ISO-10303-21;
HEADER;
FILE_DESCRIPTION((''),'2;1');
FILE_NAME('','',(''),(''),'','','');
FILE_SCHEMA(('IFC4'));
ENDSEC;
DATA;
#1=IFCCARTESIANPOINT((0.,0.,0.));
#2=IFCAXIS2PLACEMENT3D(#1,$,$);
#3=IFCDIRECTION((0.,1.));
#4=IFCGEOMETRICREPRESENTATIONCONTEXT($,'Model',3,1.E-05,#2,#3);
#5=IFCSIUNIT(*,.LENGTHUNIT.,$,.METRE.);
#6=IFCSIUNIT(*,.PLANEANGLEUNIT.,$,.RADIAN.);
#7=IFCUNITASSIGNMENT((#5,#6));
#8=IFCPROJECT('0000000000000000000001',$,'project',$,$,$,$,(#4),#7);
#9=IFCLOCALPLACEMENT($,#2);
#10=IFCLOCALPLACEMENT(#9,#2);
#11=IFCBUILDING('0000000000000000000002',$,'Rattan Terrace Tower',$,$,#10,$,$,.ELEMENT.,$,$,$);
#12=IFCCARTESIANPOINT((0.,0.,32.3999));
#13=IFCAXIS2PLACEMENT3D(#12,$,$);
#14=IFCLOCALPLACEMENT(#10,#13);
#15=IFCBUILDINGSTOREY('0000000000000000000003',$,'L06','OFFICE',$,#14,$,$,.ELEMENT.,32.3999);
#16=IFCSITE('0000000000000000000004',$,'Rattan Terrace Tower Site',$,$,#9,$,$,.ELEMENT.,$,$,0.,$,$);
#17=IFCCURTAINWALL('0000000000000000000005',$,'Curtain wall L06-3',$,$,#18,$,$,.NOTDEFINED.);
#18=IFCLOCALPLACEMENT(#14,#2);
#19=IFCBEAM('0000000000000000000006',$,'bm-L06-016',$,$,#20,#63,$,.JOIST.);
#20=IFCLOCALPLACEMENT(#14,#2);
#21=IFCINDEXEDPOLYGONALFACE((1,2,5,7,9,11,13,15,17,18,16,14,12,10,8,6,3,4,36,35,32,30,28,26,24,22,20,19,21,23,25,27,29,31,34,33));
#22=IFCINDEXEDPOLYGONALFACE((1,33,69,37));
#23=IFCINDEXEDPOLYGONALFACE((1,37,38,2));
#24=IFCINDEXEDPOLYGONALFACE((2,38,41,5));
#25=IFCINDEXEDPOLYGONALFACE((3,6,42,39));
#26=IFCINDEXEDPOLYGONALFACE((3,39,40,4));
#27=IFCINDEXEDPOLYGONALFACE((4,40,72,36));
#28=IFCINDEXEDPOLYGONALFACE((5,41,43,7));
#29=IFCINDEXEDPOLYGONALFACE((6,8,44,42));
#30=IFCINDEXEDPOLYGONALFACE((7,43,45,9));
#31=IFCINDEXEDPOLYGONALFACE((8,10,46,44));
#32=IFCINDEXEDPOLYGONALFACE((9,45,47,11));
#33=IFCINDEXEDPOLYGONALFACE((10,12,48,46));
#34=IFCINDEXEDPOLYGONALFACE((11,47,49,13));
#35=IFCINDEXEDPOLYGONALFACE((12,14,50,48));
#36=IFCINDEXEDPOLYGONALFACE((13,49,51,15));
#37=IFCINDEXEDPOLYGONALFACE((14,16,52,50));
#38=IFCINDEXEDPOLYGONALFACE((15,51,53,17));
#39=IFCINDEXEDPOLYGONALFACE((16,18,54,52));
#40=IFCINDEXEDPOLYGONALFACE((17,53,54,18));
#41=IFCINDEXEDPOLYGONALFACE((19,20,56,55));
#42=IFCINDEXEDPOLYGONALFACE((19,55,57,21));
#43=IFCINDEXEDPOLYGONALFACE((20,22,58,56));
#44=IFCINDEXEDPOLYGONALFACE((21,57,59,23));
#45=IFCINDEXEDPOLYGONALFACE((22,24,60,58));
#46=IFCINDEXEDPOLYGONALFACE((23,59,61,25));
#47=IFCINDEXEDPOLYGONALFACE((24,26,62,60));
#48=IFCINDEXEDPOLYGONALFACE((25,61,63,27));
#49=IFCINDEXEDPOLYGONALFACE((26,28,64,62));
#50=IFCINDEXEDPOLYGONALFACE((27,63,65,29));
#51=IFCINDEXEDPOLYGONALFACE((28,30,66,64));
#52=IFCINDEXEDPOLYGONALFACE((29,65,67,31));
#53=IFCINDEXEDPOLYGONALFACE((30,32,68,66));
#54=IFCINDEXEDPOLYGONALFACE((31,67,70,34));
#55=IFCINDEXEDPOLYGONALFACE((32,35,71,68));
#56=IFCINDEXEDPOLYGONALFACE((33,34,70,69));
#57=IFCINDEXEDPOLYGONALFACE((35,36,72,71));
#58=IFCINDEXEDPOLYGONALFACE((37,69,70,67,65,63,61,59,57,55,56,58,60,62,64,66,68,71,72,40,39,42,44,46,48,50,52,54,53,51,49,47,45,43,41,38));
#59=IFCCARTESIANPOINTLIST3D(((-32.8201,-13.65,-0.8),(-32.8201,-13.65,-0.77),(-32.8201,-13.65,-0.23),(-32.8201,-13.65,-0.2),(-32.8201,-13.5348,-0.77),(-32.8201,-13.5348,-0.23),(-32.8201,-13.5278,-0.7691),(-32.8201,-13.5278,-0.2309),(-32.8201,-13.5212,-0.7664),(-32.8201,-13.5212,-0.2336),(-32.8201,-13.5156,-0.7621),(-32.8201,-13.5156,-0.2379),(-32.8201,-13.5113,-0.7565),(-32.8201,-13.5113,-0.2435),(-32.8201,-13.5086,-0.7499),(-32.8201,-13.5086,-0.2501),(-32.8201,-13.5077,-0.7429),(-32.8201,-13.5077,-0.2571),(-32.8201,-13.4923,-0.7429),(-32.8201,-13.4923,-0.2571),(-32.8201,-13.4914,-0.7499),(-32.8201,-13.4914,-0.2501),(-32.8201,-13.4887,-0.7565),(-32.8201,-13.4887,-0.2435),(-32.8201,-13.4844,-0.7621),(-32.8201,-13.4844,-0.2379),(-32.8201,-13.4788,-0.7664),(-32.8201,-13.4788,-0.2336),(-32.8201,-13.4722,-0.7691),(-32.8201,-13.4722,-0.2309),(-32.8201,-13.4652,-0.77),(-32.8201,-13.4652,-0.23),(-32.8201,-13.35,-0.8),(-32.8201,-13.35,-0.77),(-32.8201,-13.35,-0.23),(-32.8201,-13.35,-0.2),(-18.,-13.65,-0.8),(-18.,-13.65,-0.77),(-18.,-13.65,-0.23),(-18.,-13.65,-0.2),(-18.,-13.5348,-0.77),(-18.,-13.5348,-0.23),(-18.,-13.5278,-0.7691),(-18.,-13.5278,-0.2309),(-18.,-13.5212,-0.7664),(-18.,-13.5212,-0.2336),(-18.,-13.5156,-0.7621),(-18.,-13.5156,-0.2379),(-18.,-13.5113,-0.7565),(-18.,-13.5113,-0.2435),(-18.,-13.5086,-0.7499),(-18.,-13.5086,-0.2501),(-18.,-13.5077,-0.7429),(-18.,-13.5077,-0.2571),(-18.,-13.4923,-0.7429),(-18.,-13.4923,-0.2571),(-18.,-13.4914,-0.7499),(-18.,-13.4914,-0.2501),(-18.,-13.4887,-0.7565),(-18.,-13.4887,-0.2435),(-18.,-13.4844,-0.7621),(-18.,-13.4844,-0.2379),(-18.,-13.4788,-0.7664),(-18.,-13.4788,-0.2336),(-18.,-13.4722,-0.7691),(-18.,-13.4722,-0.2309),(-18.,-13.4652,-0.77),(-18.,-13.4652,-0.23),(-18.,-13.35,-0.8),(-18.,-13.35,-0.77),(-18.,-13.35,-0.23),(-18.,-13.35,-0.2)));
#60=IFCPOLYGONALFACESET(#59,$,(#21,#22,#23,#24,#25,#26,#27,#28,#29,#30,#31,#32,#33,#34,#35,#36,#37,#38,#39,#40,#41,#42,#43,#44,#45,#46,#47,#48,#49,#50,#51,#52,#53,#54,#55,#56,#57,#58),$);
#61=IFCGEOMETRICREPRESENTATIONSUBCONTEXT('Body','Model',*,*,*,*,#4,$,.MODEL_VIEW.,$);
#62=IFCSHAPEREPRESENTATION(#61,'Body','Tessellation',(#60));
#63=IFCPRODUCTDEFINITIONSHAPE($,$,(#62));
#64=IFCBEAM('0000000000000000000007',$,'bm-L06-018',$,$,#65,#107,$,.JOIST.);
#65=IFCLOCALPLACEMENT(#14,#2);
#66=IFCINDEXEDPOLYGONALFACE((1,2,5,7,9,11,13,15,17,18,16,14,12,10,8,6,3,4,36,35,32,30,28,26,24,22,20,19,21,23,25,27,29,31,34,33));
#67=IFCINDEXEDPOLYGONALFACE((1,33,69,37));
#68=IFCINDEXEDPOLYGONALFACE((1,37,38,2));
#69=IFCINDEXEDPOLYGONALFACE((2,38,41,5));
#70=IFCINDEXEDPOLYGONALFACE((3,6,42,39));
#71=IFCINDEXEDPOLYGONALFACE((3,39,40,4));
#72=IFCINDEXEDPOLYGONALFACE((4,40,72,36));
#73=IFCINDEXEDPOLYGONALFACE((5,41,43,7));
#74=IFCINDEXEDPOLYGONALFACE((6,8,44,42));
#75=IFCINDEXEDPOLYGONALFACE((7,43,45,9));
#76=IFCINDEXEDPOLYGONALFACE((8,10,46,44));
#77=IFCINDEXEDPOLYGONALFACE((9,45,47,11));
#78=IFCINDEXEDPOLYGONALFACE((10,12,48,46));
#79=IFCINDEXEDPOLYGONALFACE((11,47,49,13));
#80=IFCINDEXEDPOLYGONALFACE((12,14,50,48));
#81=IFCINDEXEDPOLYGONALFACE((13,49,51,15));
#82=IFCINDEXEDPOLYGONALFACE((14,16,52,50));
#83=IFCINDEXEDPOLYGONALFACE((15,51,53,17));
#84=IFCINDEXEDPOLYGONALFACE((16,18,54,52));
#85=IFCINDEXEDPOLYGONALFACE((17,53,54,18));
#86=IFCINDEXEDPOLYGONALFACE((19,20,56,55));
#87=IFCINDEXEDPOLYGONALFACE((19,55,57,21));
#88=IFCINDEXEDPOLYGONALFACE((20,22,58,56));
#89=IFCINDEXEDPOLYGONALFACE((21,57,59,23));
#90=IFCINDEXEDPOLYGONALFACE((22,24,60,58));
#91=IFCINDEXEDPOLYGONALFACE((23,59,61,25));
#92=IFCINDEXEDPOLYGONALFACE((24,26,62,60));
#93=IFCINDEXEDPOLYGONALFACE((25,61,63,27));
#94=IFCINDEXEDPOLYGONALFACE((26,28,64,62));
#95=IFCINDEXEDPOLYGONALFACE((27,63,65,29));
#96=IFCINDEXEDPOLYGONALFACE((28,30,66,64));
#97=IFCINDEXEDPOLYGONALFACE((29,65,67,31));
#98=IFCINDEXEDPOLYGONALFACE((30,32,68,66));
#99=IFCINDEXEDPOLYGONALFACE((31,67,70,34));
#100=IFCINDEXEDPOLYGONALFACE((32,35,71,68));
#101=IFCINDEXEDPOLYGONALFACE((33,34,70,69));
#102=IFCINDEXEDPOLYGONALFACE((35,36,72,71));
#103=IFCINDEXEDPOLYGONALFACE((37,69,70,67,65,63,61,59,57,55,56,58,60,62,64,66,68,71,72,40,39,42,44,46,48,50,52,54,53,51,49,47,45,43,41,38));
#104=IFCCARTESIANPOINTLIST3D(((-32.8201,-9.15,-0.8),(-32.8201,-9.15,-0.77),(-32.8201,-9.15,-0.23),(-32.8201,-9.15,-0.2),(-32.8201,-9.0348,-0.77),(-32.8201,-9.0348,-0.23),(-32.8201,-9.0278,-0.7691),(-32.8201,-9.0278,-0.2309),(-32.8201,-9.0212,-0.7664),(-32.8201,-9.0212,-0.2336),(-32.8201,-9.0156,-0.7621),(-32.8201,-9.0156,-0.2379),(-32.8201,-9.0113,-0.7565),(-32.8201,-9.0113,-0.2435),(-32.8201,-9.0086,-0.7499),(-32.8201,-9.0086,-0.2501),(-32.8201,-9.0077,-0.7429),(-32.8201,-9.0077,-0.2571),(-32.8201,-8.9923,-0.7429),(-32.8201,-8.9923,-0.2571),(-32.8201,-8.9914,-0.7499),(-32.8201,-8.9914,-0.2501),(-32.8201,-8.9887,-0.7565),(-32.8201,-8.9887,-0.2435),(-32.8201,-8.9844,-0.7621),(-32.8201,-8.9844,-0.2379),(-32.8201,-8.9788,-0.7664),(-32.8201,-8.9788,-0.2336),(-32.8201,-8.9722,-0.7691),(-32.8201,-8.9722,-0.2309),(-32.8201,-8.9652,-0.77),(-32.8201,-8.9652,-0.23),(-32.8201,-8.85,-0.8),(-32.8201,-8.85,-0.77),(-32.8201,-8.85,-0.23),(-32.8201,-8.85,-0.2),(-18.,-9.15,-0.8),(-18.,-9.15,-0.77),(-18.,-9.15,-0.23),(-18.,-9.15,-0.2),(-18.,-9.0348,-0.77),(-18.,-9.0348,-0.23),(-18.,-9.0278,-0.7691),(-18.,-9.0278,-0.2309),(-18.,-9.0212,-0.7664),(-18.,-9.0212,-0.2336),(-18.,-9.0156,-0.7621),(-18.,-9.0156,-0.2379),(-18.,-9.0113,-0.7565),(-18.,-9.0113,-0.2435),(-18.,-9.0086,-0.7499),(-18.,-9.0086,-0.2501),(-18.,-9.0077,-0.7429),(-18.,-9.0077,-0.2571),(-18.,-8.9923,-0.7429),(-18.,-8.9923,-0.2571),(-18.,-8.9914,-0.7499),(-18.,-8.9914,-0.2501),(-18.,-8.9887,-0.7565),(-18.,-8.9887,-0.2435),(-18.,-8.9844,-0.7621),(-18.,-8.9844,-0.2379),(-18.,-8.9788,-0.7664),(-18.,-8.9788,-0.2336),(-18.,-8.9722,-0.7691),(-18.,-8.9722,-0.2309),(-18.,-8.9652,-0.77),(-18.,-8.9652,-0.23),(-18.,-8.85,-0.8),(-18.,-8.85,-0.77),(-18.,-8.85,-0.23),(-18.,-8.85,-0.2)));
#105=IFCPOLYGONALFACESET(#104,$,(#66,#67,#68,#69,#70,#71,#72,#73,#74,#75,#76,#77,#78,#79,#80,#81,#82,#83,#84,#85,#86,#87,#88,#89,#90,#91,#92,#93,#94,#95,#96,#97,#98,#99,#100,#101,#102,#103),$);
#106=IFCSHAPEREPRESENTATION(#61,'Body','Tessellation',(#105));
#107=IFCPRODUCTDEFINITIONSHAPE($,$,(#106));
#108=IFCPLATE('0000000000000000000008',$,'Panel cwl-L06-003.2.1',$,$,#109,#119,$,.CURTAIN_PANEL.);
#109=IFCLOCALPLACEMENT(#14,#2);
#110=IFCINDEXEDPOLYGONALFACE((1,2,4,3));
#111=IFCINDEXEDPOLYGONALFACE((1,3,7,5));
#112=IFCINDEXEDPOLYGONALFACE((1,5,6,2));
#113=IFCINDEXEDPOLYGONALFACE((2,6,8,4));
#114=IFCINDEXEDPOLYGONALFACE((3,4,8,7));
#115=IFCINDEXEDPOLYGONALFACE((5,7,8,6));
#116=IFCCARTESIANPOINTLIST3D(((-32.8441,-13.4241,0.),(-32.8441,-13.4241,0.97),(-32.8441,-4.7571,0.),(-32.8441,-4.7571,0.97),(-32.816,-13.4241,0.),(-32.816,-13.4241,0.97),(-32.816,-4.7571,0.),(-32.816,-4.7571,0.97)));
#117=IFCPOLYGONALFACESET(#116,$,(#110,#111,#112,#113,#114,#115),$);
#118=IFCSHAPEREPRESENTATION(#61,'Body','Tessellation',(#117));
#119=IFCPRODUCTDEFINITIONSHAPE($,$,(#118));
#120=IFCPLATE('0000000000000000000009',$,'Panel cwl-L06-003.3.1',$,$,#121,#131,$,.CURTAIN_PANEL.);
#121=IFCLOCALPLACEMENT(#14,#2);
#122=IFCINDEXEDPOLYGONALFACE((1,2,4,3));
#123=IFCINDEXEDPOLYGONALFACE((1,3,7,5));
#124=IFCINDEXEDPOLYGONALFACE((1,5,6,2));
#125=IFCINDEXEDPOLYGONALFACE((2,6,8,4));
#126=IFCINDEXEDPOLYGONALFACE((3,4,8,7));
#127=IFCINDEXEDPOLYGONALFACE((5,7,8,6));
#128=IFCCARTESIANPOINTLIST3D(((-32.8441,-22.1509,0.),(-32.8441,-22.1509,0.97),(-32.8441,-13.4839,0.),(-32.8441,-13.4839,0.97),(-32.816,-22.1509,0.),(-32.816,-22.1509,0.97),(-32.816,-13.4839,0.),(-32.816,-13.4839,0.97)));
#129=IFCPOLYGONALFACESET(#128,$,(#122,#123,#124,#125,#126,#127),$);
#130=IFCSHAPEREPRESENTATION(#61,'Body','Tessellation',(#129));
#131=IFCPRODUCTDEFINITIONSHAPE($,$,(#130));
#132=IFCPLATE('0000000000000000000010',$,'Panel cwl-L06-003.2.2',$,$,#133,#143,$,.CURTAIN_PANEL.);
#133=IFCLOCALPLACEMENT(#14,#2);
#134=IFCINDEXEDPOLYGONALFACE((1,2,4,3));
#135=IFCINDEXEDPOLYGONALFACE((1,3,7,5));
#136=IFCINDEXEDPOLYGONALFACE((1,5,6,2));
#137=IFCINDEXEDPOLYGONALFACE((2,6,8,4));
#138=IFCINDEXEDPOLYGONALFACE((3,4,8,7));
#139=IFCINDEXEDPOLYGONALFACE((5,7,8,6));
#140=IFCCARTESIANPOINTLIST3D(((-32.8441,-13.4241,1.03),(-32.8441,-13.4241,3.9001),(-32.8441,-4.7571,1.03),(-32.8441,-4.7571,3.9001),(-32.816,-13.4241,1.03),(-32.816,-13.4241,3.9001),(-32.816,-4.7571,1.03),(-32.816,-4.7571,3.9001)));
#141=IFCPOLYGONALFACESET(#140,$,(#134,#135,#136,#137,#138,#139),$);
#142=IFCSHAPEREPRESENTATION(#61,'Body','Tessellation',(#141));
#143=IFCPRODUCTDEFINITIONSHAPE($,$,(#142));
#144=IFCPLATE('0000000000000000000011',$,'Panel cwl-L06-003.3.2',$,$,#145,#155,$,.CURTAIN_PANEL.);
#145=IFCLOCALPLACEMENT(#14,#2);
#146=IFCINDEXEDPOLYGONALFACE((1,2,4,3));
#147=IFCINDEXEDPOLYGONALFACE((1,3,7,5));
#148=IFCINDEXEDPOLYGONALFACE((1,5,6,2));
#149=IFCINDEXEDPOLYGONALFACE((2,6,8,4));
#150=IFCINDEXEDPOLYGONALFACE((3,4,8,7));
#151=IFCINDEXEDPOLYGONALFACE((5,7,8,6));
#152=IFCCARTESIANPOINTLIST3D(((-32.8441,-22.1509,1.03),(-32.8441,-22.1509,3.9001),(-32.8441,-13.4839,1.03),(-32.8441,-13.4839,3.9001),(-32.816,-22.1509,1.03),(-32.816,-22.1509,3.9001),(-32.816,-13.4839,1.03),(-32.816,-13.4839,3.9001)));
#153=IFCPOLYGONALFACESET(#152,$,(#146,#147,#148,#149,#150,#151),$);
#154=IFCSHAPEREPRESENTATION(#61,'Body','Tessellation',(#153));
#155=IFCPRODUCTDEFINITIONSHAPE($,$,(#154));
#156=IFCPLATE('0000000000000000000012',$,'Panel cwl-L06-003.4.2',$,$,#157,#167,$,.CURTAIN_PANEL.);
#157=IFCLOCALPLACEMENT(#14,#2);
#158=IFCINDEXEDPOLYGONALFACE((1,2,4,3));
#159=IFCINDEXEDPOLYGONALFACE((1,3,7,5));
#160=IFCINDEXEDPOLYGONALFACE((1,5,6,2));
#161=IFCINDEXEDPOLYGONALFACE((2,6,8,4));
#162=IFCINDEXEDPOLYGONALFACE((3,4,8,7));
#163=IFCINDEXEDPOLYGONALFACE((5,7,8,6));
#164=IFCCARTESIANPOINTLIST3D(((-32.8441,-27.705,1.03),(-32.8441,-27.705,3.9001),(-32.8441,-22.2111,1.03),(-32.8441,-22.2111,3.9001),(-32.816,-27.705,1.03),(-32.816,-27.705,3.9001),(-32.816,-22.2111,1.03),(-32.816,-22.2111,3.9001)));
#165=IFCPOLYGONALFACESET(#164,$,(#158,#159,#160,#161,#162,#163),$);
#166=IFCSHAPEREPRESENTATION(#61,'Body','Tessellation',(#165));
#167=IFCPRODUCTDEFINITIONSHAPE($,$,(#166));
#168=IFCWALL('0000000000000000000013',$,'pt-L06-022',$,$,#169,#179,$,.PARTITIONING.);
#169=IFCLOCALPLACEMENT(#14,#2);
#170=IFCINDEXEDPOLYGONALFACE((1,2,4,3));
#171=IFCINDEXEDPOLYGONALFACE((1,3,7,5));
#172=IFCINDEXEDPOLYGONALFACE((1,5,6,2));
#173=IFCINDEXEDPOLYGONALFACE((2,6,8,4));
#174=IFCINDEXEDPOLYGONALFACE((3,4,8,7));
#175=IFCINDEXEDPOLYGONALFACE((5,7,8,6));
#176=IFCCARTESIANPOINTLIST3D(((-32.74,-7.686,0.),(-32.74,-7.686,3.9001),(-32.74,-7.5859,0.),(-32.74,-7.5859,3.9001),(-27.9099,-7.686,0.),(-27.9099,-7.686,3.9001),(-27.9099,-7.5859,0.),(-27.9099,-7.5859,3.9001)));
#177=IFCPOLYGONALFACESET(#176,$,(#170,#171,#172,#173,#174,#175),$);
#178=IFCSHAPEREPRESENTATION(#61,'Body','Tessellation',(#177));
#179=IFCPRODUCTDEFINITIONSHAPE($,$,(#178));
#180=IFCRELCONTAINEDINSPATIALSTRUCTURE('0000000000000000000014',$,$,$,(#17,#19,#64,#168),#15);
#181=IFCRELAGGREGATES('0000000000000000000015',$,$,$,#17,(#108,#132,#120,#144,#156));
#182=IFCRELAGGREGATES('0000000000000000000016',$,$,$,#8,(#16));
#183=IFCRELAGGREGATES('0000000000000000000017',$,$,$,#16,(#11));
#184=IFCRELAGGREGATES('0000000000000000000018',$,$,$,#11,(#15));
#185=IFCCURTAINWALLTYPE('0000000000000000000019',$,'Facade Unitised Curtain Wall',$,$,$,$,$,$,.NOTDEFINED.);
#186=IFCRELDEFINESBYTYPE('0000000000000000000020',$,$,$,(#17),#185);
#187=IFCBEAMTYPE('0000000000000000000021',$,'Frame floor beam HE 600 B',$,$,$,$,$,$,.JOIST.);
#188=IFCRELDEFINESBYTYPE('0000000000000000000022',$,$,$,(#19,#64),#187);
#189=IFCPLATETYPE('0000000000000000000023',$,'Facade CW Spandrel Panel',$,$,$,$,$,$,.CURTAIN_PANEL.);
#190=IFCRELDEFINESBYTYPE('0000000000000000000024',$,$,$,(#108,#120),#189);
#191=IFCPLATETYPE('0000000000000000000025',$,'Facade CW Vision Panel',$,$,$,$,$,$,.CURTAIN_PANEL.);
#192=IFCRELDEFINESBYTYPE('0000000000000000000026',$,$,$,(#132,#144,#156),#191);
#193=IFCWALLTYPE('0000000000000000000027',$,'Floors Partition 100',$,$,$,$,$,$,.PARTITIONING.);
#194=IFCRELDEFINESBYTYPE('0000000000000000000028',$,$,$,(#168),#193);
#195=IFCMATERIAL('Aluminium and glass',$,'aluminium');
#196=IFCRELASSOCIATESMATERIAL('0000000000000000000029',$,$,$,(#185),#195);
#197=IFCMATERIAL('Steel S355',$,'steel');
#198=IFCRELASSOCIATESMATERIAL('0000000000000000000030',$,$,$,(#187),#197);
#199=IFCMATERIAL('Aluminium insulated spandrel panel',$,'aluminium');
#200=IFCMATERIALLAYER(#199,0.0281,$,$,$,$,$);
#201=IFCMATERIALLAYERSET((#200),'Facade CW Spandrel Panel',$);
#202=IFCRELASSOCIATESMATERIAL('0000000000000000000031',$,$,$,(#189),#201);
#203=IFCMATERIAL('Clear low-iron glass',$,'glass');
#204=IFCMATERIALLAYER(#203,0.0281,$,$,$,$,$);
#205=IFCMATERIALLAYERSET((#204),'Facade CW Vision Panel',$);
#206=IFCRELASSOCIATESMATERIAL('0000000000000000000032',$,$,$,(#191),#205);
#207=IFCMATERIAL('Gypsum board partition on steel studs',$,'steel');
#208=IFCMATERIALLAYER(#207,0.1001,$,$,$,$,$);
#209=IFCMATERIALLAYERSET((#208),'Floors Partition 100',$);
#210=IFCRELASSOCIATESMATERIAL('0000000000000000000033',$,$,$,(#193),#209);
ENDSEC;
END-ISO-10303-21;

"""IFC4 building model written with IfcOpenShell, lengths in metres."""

from ifc_helpers import new_model, si_unit, direction, frame, frame_2d, origin, origin_2d, place, context, subcontext, project, spatial, rectangle, i_section, extrude, material, layer, layer_set, material_profile, profile_set, type_object, element, aggregate, save


model = new_model("IFC4")

# Units and contexts
model_context = context("Model", 3, precision=1e-05, world=origin(), true_north=direction((0.0, 1.0)))
body_context = subcontext(model_context, "Body", "Model", "MODEL_VIEW")
ifc_project = project(units=[si_unit("LENGTHUNIT", "METRE"), si_unit("PLANEANGLEUNIT", "RADIAN")], contexts=[model_context])

# Site, building, storey
site_placement = place(None, origin())
site = spatial("IfcSite", under=ifc_project, at=site_placement, Name="Rattan Terrace Tower Site", CompositionType="ELEMENT", RefElevation=0.0)
building_placement = place(site_placement, origin())
building = spatial("IfcBuilding", under=site, at=building_placement, Name="Rattan Terrace Tower", CompositionType="ELEMENT")
storey_placement = place(building_placement, frame((0.0, 0.0, 32.3999)))
storey = spatial("IfcBuildingStorey", under=building, at=storey_placement, Name="L06", Description="OFFICE", CompositionType="ELEMENT", Elevation=32.3999)

# Curtain wall
ifc_material_1 = material(Name="Aluminium and glass", Category="aluminium")
curtain_wall_type = type_object("IfcCurtainWallType", Name="Facade Unitised Curtain Wall", PredefinedType="NOTDEFINED", material=ifc_material_1)
curtain_wall_placement = place(storey_placement, origin())
curtain_wall = element("IfcCurtainWall", 1, at=curtain_wall_placement, inside=storey, type_object=curtain_wall_type, Name="Curtain wall L06-3", PredefinedType="NOTDEFINED")

# Beams
ifc_material_2 = material(Name="Steel S355", Category="steel")
ifc_material_profile_1 = material_profile(ifc_material_2, i_section(OverallWidth=0.3, OverallDepth=0.6001, WebThickness=0.0154, FlangeThickness=0.03, FilletRadius=0.0271, at=origin_2d()), Name="HE 600 B")
ifc_profile_set_1 = profile_set([ifc_material_profile_1], Name="Steel S355")
beam_type_1 = type_object("IfcBeamType", Name="Frame floor beam HE 600 B", PredefinedType="JOIST", material=ifc_profile_set_1)
for number, where, z_axis, x_axis, name in (
    (2, (-32.8201, -13.5, -0.5), (1.0, 0.0, 0.0), (0.0, 1.0, 0.0), "bm-L06-016"),
    (3, (-32.8201, -9.0, -0.5), (1.0, 0.0, 0.0), (0.0, 1.0, 0.0), "bm-L06-018"),
):
    element("IfcBeam", number, at=place(storey_placement, frame(where, z_axis=z_axis, x_axis=x_axis)), inside=storey, type_object=beam_type_1, Name=name, PredefinedType="JOIST", context=body_context, shape_type="SweptSolid", body=[
        extrude(i_section(OverallWidth=0.3, OverallDepth=0.6001, WebThickness=0.0154, FlangeThickness=0.03, FilletRadius=0.0271, at=origin_2d()), origin(), (0.0, 0.0, 1.0), 14.8201),
    ])

# Plates
ifc_material_3 = material(Name="Aluminium insulated spandrel panel", Category="aluminium")
ifc_layer_1 = layer(ifc_material_3, 0.0281)
ifc_layer_set_1 = layer_set([ifc_layer_1], Name="Facade CW Spandrel Panel")
plate_type_1 = type_object("IfcPlateType", Name="Facade CW Spandrel Panel", PredefinedType="CURTAIN_PANEL", material=ifc_layer_set_1)
plate_1_placement = place(storey_placement, frame((-32.8301, -9.0906, 0.0), z_axis=(0.0, 0.0, 1.0), x_axis=(0.0, -1.0, 0.0)))
plate_1 = element("IfcPlate", 4, at=plate_1_placement, type_object=plate_type_1, Name="Panel cwl-L06-003.2.1", PredefinedType="CURTAIN_PANEL", context=body_context, shape_type="SweptSolid", body=[
    extrude(rectangle(XDim=8.667, YDim=0.0281, at=origin_2d()), origin(), (0.0, 0.0, 1.0), 0.97),
])
plate_2_placement = place(storey_placement, frame((-32.8301, -17.8174, 0.0), z_axis=(0.0, 0.0, 1.0), x_axis=(0.0, -1.0, 0.0)))
plate_2 = element("IfcPlate", 5, at=plate_2_placement, type_object=plate_type_1, Name="Panel cwl-L06-003.3.1", PredefinedType="CURTAIN_PANEL", context=body_context, shape_type="SweptSolid", body=[
    extrude(rectangle(XDim=8.667, YDim=0.0281, at=origin_2d()), origin(), (0.0, 0.0, 1.0), 0.97),
])
ifc_material_4 = material(Name="Clear low-iron glass", Category="glass")
ifc_layer_2 = layer(ifc_material_4, 0.0281)
ifc_layer_set_2 = layer_set([ifc_layer_2], Name="Facade CW Vision Panel")
plate_type_2 = type_object("IfcPlateType", Name="Facade CW Vision Panel", PredefinedType="CURTAIN_PANEL", material=ifc_layer_set_2)
plate_3_placement = place(storey_placement, frame((-32.8301, -9.0906, 1.03), z_axis=(0.0, 0.0, 1.0), x_axis=(0.0, -1.0, 0.0)))
plate_3 = element("IfcPlate", 6, at=plate_3_placement, type_object=plate_type_2, Name="Panel cwl-L06-003.2.2", PredefinedType="CURTAIN_PANEL", context=body_context, shape_type="SweptSolid", body=[
    extrude(rectangle(XDim=8.667, YDim=0.0281, at=origin_2d()), origin(), (0.0, 0.0, 1.0), 2.8701),
])
plate_4_placement = place(storey_placement, frame((-32.8301, -17.8174, 1.03), z_axis=(0.0, 0.0, 1.0), x_axis=(0.0, -1.0, 0.0)))
plate_4 = element("IfcPlate", 7, at=plate_4_placement, type_object=plate_type_2, Name="Panel cwl-L06-003.3.2", PredefinedType="CURTAIN_PANEL", context=body_context, shape_type="SweptSolid", body=[
    extrude(rectangle(XDim=8.667, YDim=0.0281, at=origin_2d()), origin(), (0.0, 0.0, 1.0), 2.8701),
])
plate_5_placement = place(storey_placement, frame((-32.8301, -24.958, 1.03), z_axis=(0.0, 0.0, 1.0), x_axis=(0.0, -1.0, 0.0)))
plate_5 = element("IfcPlate", 8, at=plate_5_placement, type_object=plate_type_2, Name="Panel cwl-L06-003.4.2", PredefinedType="CURTAIN_PANEL", context=body_context, shape_type="SweptSolid", body=[
    extrude(rectangle(XDim=5.4939, YDim=0.0281, at=origin_2d()), origin(), (0.0, 0.0, 1.0), 2.8701),
])
aggregate(curtain_wall, [plate_1, plate_3, plate_2, plate_4, plate_5])

# Wall
ifc_material_5 = material(Name="Gypsum board partition on steel studs", Category="steel")
ifc_layer_3 = layer(ifc_material_5, 0.1001)
ifc_layer_set_3 = layer_set([ifc_layer_3], Name="Floors Partition 100")
wall_type_1 = type_object("IfcWallType", Name="Floors Partition 100", PredefinedType="PARTITIONING", material=ifc_layer_set_3)
wall_1_placement = place(storey_placement, frame((-32.74, -7.636, 0.0), z_axis=(0.0, 0.0, 1.0), x_axis=(1.0, 0.0, 0.0)))
element("IfcWall", 9, at=wall_1_placement, inside=storey, type_object=wall_type_1, Name="pt-L06-022", PredefinedType="PARTITIONING", context=body_context, shape_type="SweptSolid", body=[
    extrude(rectangle(XDim=4.8301, YDim=0.1001, at=frame_2d((2.415, 0.0))), origin(), (0.0, 0.0, 1.0), 3.9001),
])

save(model, "model.ifc")
